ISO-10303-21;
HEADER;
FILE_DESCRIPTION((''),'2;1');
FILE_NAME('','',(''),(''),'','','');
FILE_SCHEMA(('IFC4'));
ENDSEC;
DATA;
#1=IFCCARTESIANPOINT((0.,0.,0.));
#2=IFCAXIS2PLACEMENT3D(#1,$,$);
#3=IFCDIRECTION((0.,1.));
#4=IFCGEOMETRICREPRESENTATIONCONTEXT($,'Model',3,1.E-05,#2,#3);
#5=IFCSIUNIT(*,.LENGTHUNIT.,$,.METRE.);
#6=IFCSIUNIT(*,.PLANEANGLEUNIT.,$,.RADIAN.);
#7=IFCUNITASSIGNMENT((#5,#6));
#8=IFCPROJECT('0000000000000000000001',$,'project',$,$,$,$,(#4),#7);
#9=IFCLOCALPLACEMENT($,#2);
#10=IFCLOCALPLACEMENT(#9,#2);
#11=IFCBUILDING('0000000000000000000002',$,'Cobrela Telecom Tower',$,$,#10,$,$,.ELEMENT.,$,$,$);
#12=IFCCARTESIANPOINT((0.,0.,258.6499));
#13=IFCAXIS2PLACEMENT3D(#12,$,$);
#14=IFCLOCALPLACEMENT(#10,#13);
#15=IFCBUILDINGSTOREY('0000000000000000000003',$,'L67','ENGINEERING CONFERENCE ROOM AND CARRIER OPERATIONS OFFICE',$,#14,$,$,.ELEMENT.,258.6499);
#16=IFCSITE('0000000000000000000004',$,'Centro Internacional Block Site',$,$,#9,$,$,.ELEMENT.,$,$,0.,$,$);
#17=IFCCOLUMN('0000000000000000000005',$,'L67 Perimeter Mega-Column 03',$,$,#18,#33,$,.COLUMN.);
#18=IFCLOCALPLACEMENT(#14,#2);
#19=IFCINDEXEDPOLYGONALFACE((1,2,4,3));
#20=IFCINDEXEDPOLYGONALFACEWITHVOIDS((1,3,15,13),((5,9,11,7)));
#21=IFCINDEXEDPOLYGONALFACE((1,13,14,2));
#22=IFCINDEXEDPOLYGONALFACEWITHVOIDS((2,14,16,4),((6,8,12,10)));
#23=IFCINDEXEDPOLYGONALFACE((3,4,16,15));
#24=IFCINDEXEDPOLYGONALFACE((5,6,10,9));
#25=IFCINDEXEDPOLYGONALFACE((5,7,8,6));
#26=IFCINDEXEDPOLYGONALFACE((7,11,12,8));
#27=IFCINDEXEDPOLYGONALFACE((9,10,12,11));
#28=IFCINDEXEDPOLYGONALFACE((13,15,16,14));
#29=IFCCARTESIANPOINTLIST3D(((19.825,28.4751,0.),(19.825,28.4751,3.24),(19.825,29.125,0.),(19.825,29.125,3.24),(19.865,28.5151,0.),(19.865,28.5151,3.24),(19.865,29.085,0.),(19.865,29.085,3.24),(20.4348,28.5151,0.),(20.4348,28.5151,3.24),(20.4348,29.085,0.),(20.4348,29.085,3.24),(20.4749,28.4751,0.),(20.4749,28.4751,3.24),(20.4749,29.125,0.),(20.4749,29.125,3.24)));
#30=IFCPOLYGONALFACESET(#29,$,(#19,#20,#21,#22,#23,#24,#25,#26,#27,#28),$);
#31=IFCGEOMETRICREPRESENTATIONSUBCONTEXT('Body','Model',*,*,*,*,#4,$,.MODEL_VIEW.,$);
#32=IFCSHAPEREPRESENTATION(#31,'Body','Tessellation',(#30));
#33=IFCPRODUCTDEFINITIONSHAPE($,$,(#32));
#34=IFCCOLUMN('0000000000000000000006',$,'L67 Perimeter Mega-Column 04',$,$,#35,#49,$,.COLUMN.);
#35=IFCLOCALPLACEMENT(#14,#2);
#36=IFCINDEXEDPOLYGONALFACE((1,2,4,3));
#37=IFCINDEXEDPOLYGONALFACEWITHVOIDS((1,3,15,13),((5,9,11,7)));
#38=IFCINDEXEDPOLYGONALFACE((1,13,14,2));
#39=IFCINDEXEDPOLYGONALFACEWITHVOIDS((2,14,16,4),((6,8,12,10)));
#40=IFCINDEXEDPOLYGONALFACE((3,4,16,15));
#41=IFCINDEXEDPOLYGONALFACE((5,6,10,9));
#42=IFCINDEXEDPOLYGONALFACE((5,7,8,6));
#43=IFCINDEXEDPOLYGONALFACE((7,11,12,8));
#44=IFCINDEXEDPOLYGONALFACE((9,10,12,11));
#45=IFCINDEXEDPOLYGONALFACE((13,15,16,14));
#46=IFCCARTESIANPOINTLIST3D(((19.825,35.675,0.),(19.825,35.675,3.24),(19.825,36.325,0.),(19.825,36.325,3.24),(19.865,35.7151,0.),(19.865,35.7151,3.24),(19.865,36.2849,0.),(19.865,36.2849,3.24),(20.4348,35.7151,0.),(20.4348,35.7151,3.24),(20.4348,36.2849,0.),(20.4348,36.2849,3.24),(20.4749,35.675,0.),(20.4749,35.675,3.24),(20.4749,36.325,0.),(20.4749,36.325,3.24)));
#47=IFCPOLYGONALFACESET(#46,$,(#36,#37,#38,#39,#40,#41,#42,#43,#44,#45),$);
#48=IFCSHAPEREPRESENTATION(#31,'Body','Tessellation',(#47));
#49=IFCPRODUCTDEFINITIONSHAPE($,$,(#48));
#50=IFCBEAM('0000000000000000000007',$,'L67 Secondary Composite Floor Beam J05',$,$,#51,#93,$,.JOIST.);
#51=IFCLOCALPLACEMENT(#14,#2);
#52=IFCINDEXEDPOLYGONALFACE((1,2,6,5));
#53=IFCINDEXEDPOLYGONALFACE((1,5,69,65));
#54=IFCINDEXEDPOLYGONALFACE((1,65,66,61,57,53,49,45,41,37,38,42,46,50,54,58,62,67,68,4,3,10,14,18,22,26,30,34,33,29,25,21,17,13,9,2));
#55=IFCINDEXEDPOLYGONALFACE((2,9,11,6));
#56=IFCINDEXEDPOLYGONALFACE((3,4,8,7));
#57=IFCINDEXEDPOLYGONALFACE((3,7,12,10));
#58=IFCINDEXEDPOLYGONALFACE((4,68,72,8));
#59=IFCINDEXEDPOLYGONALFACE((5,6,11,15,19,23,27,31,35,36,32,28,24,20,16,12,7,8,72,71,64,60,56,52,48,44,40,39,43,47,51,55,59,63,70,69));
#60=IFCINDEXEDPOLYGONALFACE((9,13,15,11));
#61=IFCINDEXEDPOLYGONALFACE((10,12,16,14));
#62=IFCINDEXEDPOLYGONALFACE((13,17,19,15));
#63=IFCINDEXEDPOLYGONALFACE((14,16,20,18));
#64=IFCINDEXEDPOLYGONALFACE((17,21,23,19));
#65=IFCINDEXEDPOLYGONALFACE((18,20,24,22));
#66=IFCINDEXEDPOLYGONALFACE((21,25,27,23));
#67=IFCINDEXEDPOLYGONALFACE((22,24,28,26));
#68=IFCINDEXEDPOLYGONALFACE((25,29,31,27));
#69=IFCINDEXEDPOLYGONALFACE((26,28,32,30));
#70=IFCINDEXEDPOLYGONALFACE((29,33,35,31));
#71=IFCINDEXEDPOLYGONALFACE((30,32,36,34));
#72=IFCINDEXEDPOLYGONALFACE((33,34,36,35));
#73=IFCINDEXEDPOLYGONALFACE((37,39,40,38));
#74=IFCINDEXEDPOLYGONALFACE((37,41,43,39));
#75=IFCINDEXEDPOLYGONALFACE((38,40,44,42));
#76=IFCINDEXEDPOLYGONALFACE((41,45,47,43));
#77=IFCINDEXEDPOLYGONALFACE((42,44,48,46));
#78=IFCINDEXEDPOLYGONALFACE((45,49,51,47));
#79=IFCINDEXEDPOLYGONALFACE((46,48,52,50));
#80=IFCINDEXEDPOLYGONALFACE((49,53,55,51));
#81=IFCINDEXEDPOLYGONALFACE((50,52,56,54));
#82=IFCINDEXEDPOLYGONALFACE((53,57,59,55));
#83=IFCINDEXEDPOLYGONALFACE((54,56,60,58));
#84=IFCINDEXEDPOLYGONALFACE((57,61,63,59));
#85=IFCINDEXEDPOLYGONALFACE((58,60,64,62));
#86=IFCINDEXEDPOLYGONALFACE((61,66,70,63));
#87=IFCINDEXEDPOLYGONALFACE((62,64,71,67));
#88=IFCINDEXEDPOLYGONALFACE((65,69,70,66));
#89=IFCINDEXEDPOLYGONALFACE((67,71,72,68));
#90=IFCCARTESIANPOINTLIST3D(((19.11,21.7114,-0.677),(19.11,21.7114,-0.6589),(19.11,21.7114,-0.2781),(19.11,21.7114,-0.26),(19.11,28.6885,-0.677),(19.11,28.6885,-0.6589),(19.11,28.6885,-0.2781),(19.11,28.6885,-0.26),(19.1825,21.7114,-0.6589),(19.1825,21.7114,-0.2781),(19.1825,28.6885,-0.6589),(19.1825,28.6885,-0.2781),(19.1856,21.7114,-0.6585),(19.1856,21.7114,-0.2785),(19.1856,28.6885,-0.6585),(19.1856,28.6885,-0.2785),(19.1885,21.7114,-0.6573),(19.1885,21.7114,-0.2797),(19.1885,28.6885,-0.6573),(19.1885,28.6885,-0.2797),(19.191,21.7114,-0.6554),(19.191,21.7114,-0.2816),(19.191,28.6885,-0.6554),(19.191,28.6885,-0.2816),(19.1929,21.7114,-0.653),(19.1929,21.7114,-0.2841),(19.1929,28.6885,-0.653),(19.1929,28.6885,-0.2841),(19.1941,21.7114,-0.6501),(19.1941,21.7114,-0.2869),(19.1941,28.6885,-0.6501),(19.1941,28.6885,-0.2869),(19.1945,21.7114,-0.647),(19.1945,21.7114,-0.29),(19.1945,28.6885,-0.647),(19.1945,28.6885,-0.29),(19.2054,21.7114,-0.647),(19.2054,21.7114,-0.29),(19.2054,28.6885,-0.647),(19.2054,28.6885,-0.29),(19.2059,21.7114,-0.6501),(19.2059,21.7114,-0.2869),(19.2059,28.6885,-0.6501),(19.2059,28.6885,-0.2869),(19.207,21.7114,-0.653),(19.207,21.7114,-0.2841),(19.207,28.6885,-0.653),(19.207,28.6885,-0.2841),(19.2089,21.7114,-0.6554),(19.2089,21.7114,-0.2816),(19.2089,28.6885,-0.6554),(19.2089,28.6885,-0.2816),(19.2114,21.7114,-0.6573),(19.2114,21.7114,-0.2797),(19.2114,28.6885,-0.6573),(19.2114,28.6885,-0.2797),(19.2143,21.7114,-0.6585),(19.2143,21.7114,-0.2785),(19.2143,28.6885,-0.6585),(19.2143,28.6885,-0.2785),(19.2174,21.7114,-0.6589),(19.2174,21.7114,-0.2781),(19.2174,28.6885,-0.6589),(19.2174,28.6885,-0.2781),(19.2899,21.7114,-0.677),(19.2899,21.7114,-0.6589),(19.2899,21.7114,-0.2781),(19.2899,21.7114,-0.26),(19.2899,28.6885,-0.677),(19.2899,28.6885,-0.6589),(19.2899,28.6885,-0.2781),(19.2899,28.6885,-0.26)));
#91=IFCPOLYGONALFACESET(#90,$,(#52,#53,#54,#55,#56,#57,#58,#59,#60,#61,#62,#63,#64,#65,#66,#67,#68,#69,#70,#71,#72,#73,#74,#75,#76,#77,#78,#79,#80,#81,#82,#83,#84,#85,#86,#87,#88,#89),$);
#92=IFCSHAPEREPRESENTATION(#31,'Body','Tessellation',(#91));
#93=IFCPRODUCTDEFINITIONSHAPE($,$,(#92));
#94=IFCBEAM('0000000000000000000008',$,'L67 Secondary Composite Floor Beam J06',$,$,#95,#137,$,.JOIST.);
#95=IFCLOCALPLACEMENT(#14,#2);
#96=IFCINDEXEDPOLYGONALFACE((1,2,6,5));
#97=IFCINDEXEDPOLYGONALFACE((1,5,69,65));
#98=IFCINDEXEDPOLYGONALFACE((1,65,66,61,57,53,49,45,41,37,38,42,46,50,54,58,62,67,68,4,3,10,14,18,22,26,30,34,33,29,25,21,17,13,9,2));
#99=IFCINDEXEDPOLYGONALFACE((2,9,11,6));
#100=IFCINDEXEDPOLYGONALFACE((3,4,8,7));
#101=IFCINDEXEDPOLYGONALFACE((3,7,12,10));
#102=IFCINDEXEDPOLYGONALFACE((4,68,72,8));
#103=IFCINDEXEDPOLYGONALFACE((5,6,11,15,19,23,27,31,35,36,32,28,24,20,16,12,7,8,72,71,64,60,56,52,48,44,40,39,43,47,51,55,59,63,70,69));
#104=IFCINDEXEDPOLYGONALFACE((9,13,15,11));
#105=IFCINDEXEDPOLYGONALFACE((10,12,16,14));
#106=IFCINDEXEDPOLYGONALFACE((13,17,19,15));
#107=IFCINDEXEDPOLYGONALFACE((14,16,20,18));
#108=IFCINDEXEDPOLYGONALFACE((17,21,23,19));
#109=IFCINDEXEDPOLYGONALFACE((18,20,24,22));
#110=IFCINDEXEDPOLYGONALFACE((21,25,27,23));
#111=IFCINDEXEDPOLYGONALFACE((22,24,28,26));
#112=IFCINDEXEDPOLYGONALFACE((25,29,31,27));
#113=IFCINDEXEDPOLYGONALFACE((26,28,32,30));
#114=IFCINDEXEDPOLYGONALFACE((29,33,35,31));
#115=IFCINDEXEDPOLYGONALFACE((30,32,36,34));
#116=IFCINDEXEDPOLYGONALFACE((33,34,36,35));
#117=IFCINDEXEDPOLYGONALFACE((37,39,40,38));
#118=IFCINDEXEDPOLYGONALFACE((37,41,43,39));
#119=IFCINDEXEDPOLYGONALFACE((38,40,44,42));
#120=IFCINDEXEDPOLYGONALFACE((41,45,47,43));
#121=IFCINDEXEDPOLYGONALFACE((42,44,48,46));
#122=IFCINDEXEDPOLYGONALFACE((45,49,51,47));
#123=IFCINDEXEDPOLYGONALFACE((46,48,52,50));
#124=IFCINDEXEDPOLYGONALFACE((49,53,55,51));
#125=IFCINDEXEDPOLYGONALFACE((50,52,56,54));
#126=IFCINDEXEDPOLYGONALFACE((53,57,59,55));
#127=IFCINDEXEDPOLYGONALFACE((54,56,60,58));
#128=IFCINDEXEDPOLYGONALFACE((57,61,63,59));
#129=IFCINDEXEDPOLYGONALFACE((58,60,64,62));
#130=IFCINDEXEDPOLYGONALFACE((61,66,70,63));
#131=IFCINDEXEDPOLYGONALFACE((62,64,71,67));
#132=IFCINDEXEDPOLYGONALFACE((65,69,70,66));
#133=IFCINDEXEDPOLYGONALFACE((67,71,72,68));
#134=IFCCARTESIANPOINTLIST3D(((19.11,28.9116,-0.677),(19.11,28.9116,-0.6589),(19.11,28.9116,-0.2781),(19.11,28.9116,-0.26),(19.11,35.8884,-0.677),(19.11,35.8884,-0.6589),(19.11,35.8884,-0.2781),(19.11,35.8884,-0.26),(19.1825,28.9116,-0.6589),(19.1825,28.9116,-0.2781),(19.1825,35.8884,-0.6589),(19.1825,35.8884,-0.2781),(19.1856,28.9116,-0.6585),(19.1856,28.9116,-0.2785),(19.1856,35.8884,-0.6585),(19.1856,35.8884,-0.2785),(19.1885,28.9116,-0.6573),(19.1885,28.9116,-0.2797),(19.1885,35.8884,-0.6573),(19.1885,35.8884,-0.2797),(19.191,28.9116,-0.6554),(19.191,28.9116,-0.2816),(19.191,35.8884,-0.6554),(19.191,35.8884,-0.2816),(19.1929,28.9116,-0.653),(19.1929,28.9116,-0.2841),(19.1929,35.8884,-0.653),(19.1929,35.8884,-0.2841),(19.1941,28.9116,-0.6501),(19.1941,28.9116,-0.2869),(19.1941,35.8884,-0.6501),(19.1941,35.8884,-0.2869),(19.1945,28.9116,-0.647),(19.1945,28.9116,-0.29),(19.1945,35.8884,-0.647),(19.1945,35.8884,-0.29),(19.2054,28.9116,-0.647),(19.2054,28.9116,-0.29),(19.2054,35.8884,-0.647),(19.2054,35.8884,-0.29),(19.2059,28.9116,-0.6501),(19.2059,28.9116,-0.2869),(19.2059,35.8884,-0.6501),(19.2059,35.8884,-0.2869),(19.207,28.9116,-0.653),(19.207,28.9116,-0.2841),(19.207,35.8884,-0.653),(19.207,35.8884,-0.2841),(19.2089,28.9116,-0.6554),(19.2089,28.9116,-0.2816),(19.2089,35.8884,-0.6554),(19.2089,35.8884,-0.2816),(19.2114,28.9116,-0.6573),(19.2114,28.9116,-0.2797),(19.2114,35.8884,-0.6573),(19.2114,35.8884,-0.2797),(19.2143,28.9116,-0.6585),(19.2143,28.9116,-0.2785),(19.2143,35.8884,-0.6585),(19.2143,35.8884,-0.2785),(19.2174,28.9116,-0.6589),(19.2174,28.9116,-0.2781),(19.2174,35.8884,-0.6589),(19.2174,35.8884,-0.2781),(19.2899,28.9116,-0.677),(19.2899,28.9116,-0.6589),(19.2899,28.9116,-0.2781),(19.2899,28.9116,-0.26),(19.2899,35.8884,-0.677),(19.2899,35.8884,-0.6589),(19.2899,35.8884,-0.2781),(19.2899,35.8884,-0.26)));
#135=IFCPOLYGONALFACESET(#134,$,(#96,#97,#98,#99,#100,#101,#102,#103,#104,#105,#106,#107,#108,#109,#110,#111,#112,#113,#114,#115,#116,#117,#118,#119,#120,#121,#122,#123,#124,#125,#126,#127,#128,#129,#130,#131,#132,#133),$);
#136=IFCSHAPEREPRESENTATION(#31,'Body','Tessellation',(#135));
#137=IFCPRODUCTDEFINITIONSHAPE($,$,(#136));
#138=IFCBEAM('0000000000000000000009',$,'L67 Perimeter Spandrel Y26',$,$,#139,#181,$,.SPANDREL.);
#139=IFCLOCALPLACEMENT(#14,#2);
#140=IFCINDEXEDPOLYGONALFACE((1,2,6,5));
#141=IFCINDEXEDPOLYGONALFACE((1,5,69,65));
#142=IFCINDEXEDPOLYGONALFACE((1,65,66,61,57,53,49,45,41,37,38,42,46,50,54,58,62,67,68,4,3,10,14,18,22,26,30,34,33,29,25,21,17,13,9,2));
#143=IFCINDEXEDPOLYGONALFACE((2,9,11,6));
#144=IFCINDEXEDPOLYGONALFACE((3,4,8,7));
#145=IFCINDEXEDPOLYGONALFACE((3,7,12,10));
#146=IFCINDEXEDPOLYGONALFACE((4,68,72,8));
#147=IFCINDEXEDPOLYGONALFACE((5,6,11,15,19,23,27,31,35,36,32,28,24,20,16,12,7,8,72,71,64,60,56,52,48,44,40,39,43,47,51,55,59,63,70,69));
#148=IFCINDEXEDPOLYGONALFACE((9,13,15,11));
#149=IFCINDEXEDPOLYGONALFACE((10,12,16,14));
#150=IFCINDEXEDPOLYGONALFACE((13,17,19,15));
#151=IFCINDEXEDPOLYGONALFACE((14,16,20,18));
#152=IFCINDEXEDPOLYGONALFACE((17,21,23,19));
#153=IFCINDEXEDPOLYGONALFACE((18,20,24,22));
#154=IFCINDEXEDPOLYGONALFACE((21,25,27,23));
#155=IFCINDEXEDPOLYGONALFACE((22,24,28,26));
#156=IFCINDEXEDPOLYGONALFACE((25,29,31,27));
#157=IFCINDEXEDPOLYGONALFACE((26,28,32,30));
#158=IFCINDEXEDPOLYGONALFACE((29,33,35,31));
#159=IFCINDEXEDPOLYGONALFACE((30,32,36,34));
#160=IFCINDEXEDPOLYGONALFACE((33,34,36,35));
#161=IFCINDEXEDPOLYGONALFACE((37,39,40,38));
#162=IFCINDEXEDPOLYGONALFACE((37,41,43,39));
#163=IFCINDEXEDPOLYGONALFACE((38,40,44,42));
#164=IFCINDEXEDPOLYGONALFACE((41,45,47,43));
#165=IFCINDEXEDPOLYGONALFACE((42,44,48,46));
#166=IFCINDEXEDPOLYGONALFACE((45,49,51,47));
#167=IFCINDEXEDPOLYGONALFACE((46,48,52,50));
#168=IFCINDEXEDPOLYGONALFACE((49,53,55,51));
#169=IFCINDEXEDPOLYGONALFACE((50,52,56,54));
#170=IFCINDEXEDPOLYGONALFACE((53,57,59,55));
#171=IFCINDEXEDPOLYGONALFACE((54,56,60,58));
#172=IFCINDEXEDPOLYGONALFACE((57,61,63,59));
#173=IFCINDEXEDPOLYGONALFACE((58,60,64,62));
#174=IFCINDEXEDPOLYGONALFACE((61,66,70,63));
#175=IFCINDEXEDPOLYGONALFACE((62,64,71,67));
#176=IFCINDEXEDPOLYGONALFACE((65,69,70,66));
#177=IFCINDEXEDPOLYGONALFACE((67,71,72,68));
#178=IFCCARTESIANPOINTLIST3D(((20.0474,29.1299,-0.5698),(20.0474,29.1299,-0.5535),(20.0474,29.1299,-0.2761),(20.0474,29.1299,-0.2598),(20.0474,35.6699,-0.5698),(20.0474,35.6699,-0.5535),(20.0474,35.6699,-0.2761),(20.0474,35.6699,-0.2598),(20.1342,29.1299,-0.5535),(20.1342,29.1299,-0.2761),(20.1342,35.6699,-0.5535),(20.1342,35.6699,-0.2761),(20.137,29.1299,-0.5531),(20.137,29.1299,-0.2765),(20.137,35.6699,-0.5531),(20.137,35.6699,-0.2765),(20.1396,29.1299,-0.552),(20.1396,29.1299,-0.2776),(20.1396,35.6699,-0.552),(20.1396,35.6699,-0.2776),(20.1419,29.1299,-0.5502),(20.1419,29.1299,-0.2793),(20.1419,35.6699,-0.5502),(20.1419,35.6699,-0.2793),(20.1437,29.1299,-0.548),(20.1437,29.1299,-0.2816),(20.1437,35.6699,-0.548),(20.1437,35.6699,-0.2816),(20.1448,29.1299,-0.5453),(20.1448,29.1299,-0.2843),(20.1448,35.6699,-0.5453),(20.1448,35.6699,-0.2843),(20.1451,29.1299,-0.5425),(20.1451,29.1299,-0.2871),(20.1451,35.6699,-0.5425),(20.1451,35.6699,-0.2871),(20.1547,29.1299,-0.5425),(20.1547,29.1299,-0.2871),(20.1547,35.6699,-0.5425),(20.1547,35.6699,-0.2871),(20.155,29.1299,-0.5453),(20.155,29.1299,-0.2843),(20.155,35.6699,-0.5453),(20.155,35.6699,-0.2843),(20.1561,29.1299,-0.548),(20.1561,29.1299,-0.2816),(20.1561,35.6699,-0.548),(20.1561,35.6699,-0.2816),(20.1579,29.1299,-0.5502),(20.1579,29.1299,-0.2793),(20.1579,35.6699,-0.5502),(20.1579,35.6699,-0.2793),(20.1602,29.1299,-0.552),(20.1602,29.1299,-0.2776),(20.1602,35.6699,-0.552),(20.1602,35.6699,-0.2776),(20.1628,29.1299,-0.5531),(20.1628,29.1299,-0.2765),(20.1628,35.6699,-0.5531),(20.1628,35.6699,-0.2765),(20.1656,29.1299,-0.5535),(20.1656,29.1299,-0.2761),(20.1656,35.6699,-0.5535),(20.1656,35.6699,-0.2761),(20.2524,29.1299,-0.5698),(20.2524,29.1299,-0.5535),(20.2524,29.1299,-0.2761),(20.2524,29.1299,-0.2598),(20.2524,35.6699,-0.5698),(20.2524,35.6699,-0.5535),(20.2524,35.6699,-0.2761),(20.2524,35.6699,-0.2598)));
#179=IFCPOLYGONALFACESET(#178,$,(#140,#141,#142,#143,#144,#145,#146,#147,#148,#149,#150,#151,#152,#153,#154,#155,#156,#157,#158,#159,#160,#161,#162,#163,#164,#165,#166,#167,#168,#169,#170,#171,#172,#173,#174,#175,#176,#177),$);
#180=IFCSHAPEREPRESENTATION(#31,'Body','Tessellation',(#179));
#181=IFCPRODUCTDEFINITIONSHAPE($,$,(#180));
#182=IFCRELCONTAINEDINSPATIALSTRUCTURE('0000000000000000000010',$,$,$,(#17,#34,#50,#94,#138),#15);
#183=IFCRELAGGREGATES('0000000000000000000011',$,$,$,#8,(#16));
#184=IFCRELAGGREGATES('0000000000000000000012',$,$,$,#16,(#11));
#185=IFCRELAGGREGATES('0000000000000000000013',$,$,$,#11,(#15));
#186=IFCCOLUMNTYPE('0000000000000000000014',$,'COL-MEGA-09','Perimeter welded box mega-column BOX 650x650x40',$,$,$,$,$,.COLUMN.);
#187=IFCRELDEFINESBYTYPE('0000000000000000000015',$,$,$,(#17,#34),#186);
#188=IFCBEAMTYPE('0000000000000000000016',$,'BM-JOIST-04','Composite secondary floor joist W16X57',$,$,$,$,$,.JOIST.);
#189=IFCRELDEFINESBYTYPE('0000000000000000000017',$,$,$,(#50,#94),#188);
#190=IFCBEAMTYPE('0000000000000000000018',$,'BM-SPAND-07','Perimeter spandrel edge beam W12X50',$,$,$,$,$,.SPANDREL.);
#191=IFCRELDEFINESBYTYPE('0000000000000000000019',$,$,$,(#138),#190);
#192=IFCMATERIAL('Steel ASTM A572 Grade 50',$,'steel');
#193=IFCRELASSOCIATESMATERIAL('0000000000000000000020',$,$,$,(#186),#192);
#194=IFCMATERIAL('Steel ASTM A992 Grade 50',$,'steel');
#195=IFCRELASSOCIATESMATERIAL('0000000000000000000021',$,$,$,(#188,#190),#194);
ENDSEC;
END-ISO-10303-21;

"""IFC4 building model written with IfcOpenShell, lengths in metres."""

from ifc_helpers import new_model, si_unit, direction, frame, origin, origin_2d, place, context, subcontext, project, spatial, hollow_rectangle, i_section, extrude, material, material_profile, profile_set, type_object, element, save


model = new_model("IFC4")

# Units and contexts
model_context = context("Model", 3, precision=1e-05, world=origin(), true_north=direction((0.0, 1.0)))
body_context = subcontext(model_context, "Body", "Model", "MODEL_VIEW")
ifc_project = project(units=[si_unit("LENGTHUNIT", "METRE"), si_unit("PLANEANGLEUNIT", "RADIAN")], contexts=[model_context])

# Site, building, storey
site_placement = place(None, origin())
site = spatial("IfcSite", under=ifc_project, at=site_placement, Name="Centro Internacional Block Site", CompositionType="ELEMENT", RefElevation=0.0)
building_placement = place(site_placement, origin())
building = spatial("IfcBuilding", under=site, at=building_placement, Name="Cobrela Telecom Tower", CompositionType="ELEMENT")
storey_placement = place(building_placement, frame((0.0, 0.0, 258.6499)))
storey = spatial("IfcBuildingStorey", under=building, at=storey_placement, Name="L67", Description="ENGINEERING CONFERENCE ROOM AND CARRIER OPERATIONS OFFICE", CompositionType="ELEMENT", Elevation=258.6499)

# Columns
ifc_material_1 = material(Name="Steel ASTM A572 Grade 50", Category="steel")
ifc_material_profile_1 = material_profile(ifc_material_1, hollow_rectangle(XDim=0.6499, YDim=0.6499, WallThickness=0.04, at=origin_2d()), Name="BOX 650x650x40")
ifc_profile_set_1 = profile_set([ifc_material_profile_1], Name="Steel ASTM A572 Grade 50")
column_type = type_object("IfcColumnType", Name="COL-MEGA-09", Description="Perimeter welded box mega-column BOX 650x650x40", PredefinedType="COLUMN", material=ifc_profile_set_1)
for number, where, z_axis, x_axis, name in (
    (1, (20.1499, 28.8, 0.0), (0.0, 0.0, 1.0), (1.0, 0.0, 0.0), "L67 Perimeter Mega-Column 03"),
    (2, (20.1499, 36.0, 0.0), (0.0, 0.0, 1.0), (1.0, 0.0, 0.0), "L67 Perimeter Mega-Column 04"),
):
    element("IfcColumn", number, at=place(storey_placement, frame(where, z_axis=z_axis, x_axis=x_axis)), inside=storey, type_object=column_type, Name=name, PredefinedType="COLUMN", context=body_context, shape_type="SweptSolid", body=[
        extrude(hollow_rectangle(XDim=0.6499, YDim=0.6499, WallThickness=0.04, at=origin_2d()), origin(), (0.0, 0.0, 1.0), 3.24),
    ])

# Beams
ifc_material_2 = material(Name="Steel ASTM A992 Grade 50", Category="steel")
ifc_material_profile_2 = material_profile(ifc_material_2, i_section(OverallWidth=0.1799, OverallDepth=0.417, WebThickness=0.011, FlangeThickness=0.0181, FilletRadius=0.012, at=origin_2d()), Name="W16X57")
ifc_profile_set_2 = profile_set([ifc_material_profile_2], Name="Steel ASTM A992 Grade 50")
beam_type_1 = type_object("IfcBeamType", Name="BM-JOIST-04", Description="Composite secondary floor joist W16X57", PredefinedType="JOIST", material=ifc_profile_set_2)
beam_1_placement = place(storey_placement, frame((19.2, 21.7114, -0.4685), z_axis=(0.0, 1.0, 0.0), x_axis=(-1.0, 0.0, 0.0)))
element("IfcBeam", 3, at=beam_1_placement, inside=storey, type_object=beam_type_1, Name="L67 Secondary Composite Floor Beam J05", PredefinedType="JOIST", context=body_context, shape_type="SweptSolid", body=[
    extrude(i_section(OverallWidth=0.1799, OverallDepth=0.417, WebThickness=0.011, FlangeThickness=0.0181, FilletRadius=0.012, at=origin_2d()), origin(), (0.0, 0.0, 1.0), 6.9771),
])
beam_2_placement = place(storey_placement, frame((19.2, 28.9116, -0.4685), z_axis=(0.0, 1.0, 0.0), x_axis=(-1.0, 0.0, 0.0)))
element("IfcBeam", 4, at=beam_2_placement, inside=storey, type_object=beam_type_1, Name="L67 Secondary Composite Floor Beam J06", PredefinedType="JOIST", context=body_context, shape_type="SweptSolid", body=[
    extrude(i_section(OverallWidth=0.1799, OverallDepth=0.417, WebThickness=0.011, FlangeThickness=0.0181, FilletRadius=0.012, at=origin_2d()), origin(), (0.0, 0.0, 1.0), 6.9768),
])
ifc_material_profile_3 = material_profile(ifc_material_2, i_section(OverallWidth=0.2051, OverallDepth=0.3101, WebThickness=0.0095, FlangeThickness=0.0164, FilletRadius=0.011, at=origin_2d()), Name="W12X50")
ifc_profile_set_3 = profile_set([ifc_material_profile_3], Name="Steel ASTM A992 Grade 50")
beam_type_2 = type_object("IfcBeamType", Name="BM-SPAND-07", Description="Perimeter spandrel edge beam W12X50", PredefinedType="SPANDREL", material=ifc_profile_set_3)
beam_3_placement = place(storey_placement, frame((20.1499, 29.1299, -0.4148), z_axis=(0.0, 1.0, 0.0), x_axis=(-1.0, 0.0, 0.0)))
element("IfcBeam", 5, at=beam_3_placement, inside=storey, type_object=beam_type_2, Name="L67 Perimeter Spandrel Y26", PredefinedType="SPANDREL", context=body_context, shape_type="SweptSolid", body=[
    extrude(i_section(OverallWidth=0.2051, OverallDepth=0.3101, WebThickness=0.0095, FlangeThickness=0.0164, FilletRadius=0.011, at=origin_2d()), origin(), (0.0, 0.0, 1.0), 6.54),
])

save(model, "model.ifc")
